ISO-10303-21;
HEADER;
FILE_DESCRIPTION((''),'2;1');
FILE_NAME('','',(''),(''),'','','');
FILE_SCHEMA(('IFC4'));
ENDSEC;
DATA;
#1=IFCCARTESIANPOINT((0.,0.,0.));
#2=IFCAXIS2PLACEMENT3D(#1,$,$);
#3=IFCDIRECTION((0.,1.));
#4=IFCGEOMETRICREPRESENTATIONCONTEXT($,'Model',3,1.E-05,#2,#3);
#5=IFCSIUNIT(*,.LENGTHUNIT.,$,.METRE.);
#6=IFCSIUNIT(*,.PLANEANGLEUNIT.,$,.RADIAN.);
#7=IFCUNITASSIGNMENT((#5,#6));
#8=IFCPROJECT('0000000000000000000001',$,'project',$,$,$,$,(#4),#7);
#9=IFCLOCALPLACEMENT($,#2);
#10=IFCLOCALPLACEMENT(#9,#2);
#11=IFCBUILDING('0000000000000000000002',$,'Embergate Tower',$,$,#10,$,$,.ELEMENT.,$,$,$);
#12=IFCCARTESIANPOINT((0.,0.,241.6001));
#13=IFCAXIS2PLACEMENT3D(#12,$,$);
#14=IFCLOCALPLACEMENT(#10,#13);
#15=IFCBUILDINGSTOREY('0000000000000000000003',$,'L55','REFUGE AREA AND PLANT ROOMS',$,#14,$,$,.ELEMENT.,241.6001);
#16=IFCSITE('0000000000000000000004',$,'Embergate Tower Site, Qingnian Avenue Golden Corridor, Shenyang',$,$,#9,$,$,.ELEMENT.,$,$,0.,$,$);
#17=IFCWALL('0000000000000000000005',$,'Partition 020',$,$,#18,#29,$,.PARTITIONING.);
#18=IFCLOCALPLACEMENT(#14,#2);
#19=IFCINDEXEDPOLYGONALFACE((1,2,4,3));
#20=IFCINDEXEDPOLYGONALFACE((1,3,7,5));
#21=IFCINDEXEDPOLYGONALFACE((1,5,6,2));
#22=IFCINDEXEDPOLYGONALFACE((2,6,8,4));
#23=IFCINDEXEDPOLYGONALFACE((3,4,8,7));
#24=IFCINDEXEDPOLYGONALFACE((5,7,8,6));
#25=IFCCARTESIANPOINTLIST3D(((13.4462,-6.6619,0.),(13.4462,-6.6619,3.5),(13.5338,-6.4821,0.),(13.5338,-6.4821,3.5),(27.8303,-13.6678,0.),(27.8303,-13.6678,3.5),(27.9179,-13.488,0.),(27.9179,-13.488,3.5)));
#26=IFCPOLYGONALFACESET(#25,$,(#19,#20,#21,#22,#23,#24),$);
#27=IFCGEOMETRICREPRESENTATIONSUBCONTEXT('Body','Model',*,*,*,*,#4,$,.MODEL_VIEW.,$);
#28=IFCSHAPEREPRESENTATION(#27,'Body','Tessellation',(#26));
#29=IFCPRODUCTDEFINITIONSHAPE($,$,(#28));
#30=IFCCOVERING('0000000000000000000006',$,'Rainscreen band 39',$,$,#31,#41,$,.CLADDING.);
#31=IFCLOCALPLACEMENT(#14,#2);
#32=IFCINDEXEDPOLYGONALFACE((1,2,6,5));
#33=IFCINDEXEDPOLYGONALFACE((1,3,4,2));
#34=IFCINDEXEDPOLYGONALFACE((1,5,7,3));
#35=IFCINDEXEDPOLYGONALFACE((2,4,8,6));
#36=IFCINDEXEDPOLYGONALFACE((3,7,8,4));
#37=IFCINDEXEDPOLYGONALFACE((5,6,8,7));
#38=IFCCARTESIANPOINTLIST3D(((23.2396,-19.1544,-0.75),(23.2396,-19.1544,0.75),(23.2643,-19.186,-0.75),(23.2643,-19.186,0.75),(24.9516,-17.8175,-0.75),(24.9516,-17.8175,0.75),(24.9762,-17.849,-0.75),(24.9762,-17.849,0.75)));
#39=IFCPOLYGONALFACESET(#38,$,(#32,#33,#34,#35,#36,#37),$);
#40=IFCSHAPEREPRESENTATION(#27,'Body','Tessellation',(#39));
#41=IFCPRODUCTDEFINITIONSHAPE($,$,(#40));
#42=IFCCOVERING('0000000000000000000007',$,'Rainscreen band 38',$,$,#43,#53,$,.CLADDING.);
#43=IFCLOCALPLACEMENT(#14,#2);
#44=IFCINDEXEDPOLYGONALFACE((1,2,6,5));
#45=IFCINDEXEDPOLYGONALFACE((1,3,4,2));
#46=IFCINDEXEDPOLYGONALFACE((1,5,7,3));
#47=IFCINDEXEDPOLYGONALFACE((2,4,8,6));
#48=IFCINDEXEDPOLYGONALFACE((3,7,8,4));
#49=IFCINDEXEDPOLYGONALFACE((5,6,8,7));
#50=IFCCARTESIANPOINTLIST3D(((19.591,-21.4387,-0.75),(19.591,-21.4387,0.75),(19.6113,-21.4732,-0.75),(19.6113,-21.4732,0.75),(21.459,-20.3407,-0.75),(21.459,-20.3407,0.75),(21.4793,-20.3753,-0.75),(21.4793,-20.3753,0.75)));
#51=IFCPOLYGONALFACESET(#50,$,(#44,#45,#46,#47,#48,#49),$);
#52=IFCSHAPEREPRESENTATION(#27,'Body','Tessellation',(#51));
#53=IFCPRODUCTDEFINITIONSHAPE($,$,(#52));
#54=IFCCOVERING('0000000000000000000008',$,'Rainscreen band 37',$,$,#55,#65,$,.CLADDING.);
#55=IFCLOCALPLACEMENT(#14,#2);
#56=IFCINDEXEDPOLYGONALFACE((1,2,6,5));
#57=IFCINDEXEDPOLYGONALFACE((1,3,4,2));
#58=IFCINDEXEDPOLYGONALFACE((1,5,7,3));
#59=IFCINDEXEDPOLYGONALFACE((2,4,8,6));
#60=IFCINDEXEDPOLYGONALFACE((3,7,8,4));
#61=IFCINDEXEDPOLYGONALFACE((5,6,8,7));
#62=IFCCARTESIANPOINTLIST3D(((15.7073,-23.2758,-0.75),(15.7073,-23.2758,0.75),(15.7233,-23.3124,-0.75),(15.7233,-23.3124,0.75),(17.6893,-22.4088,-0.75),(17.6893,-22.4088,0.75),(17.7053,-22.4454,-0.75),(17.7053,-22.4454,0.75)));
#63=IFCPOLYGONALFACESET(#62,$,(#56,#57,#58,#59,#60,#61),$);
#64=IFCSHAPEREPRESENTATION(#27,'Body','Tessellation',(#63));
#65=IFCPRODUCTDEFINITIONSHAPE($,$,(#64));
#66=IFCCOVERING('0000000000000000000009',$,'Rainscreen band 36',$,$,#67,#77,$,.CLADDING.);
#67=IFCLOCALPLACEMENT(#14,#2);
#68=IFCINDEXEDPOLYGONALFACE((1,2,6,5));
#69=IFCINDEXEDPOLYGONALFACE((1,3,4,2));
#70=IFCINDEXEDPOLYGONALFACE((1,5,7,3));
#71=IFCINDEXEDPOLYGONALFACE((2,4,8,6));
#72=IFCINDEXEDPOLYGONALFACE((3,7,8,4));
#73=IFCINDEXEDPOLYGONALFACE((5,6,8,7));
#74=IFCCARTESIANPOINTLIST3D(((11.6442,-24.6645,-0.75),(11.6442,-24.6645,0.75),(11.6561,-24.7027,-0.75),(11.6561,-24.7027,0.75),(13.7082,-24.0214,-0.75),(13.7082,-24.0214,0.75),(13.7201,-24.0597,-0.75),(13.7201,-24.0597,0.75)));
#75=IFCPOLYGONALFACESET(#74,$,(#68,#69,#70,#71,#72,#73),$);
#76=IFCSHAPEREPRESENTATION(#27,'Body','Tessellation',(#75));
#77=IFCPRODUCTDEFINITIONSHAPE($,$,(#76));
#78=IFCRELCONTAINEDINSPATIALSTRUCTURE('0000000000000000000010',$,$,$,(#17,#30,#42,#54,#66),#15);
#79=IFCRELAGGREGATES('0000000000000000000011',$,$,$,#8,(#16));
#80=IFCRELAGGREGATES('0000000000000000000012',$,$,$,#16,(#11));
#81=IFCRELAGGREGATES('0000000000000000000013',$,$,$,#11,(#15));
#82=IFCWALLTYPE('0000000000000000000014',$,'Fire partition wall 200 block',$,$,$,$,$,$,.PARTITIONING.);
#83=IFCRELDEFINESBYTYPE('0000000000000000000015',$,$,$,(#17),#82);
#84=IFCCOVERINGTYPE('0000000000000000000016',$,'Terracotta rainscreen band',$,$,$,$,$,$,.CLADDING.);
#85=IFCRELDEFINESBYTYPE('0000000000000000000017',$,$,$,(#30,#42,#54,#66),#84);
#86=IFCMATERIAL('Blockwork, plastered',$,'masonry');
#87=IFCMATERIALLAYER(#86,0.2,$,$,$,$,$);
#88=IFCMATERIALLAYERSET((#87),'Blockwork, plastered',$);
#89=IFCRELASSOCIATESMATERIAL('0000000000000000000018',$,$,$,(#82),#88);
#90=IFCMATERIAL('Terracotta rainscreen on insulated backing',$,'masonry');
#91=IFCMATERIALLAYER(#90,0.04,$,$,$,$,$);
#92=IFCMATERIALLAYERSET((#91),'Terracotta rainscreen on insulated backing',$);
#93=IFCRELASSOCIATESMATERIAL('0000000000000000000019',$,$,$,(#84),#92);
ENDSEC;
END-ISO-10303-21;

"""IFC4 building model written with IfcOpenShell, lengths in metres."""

from ifc_helpers import new_model, si_unit, direction, frame, frame_2d, origin, origin_2d, place, context, subcontext, project, spatial, rectangle, extrude, source, transform, mapped, material, layer, layer_set, type_object, element, save


model = new_model("IFC4")

# Units and contexts
model_context = context("Model", 3, precision=1e-05, world=origin(), true_north=direction((0.0, 1.0)))
body_context = subcontext(model_context, "Body", "Model", "MODEL_VIEW")
ifc_project = project(units=[si_unit("LENGTHUNIT", "METRE"), si_unit("PLANEANGLEUNIT", "RADIAN")], contexts=[model_context])

# Site, building, storey
site_placement = place(None, origin())
site = spatial("IfcSite", under=ifc_project, at=site_placement, Name="Embergate Tower Site, Qingnian Avenue Golden Corridor, Shenyang", CompositionType="ELEMENT", RefElevation=0.0)
building_placement = place(site_placement, origin())
building = spatial("IfcBuilding", under=site, at=building_placement, Name="Embergate Tower", CompositionType="ELEMENT")
storey_placement = place(building_placement, frame((0.0, 0.0, 241.6001)))
storey = spatial("IfcBuildingStorey", under=building, at=storey_placement, Name="L55", Description="REFUGE AREA AND PLANT ROOMS", CompositionType="ELEMENT", Elevation=241.6001)

# Shared definitions
ifc_material_1 = material(Name="Blockwork, plastered", Category="masonry")
ifc_layer_1 = layer(ifc_material_1, 0.2)
ifc_layer_set_1 = layer_set([ifc_layer_1], Name="Blockwork, plastered")
wall_type_1 = type_object("IfcWallType", Name="Fire partition wall 200 block", PredefinedType="PARTITIONING", material=ifc_layer_set_1)

# Wall
shared_shape_1 = source(origin(), body_context, "Body", "SweptSolid", [
    extrude(rectangle(XDim=15.9995, YDim=0.2, at=frame_2d((7.9998, 0.0))), origin(), (0.0, 0.0, 1.0), 3.5),
])
wall_1_placement = place(storey_placement, frame((13.49, -6.572, 0.0), z_axis=(0.0, 0.0, 1.0), x_axis=(0.899033, -0.437881, 0.0)))
element("IfcWall", 1, at=wall_1_placement, inside=storey, type_object=wall_type_1, Name="Partition 020", PredefinedType="PARTITIONING", context=body_context, shape_type="MappedRepresentation", body=[
    mapped(shared_shape_1, transform((0.0, 0.0, 0.0))),
])

# Coverings
ifc_material_2 = material(Name="Terracotta rainscreen on insulated backing", Category="masonry")
ifc_layer_2 = layer(ifc_material_2, 0.04)
ifc_layer_set_2 = layer_set([ifc_layer_2], Name="Terracotta rainscreen on insulated backing")
covering_type = type_object("IfcCoveringType", Name="Terracotta rainscreen band", PredefinedType="CLADDING", material=ifc_layer_set_2)
shared_shape_2 = source(origin(), body_context, "Body", "SweptSolid", [
    extrude(rectangle(XDim=2.1721, YDim=0.04, at=origin_2d()), origin(), (0.0, 0.0, 1.0), 1.5),
])
covering_1_placement = place(storey_placement, frame((24.1079, -18.5017, -0.75), z_axis=(0.0, 0.0, 1.0), x_axis=(0.788136, 0.615501, 0.0)))
element("IfcCovering", 2, at=covering_1_placement, inside=storey, type_object=covering_type, Name="Rainscreen band 39", PredefinedType="CLADDING", context=body_context, shape_type="MappedRepresentation", body=[
    mapped(shared_shape_2, transform((0.0, 0.0, 0.0))),
])
shared_shape_3 = source(origin(), body_context, "Body", "SweptSolid", [
    extrude(rectangle(XDim=2.1667, YDim=0.04, at=origin_2d()), origin(), (0.0, 0.0, 1.0), 1.5),
])
covering_2_placement = place(storey_placement, frame((20.5352, -20.907, -0.75), z_axis=(0.0, 0.0, 1.0), x_axis=(0.8621, 0.506738, 0.0)))
element("IfcCovering", 3, at=covering_2_placement, inside=storey, type_object=covering_type, Name="Rainscreen band 38", PredefinedType="CLADDING", context=body_context, shape_type="MappedRepresentation", body=[
    mapped(shared_shape_3, transform((0.0, 0.0, 0.0))),
])
shared_shape_4 = source(origin(), body_context, "Body", "SweptSolid", [
    extrude(rectangle(XDim=2.1633, YDim=0.04, at=origin_2d()), origin(), (0.0, 0.0, 1.0), 1.5),
])
covering_3_placement = place(storey_placement, frame((16.7063, -22.8606, -0.75), z_axis=(0.0, 0.0, 1.0), x_axis=(0.916179, 0.40077, 0.0)))
element("IfcCovering", 4, at=covering_3_placement, inside=storey, type_object=covering_type, Name="Rainscreen band 37", PredefinedType="CLADDING", context=body_context, shape_type="MappedRepresentation", body=[
    mapped(shared_shape_4, transform((0.0, 0.0, 0.0))),
])
shared_shape_5 = source(origin(), body_context, "Body", "SweptSolid", [
    extrude(rectangle(XDim=2.1619, YDim=0.04, at=origin_2d()), origin(), (0.0, 0.0, 1.0), 1.5),
])
covering_4_placement = place(storey_placement, frame((12.6821, -24.3621, -0.75), z_axis=(0.0, 0.0, 1.0), x_axis=(0.954743, 0.297432, 0.0)))
element("IfcCovering", 5, at=covering_4_placement, inside=storey, type_object=covering_type, Name="Rainscreen band 36", PredefinedType="CLADDING", context=body_context, shape_type="MappedRepresentation", body=[
    mapped(shared_shape_5, transform((0.0, 0.0, 0.0))),
])

save(model, "model.ifc")
